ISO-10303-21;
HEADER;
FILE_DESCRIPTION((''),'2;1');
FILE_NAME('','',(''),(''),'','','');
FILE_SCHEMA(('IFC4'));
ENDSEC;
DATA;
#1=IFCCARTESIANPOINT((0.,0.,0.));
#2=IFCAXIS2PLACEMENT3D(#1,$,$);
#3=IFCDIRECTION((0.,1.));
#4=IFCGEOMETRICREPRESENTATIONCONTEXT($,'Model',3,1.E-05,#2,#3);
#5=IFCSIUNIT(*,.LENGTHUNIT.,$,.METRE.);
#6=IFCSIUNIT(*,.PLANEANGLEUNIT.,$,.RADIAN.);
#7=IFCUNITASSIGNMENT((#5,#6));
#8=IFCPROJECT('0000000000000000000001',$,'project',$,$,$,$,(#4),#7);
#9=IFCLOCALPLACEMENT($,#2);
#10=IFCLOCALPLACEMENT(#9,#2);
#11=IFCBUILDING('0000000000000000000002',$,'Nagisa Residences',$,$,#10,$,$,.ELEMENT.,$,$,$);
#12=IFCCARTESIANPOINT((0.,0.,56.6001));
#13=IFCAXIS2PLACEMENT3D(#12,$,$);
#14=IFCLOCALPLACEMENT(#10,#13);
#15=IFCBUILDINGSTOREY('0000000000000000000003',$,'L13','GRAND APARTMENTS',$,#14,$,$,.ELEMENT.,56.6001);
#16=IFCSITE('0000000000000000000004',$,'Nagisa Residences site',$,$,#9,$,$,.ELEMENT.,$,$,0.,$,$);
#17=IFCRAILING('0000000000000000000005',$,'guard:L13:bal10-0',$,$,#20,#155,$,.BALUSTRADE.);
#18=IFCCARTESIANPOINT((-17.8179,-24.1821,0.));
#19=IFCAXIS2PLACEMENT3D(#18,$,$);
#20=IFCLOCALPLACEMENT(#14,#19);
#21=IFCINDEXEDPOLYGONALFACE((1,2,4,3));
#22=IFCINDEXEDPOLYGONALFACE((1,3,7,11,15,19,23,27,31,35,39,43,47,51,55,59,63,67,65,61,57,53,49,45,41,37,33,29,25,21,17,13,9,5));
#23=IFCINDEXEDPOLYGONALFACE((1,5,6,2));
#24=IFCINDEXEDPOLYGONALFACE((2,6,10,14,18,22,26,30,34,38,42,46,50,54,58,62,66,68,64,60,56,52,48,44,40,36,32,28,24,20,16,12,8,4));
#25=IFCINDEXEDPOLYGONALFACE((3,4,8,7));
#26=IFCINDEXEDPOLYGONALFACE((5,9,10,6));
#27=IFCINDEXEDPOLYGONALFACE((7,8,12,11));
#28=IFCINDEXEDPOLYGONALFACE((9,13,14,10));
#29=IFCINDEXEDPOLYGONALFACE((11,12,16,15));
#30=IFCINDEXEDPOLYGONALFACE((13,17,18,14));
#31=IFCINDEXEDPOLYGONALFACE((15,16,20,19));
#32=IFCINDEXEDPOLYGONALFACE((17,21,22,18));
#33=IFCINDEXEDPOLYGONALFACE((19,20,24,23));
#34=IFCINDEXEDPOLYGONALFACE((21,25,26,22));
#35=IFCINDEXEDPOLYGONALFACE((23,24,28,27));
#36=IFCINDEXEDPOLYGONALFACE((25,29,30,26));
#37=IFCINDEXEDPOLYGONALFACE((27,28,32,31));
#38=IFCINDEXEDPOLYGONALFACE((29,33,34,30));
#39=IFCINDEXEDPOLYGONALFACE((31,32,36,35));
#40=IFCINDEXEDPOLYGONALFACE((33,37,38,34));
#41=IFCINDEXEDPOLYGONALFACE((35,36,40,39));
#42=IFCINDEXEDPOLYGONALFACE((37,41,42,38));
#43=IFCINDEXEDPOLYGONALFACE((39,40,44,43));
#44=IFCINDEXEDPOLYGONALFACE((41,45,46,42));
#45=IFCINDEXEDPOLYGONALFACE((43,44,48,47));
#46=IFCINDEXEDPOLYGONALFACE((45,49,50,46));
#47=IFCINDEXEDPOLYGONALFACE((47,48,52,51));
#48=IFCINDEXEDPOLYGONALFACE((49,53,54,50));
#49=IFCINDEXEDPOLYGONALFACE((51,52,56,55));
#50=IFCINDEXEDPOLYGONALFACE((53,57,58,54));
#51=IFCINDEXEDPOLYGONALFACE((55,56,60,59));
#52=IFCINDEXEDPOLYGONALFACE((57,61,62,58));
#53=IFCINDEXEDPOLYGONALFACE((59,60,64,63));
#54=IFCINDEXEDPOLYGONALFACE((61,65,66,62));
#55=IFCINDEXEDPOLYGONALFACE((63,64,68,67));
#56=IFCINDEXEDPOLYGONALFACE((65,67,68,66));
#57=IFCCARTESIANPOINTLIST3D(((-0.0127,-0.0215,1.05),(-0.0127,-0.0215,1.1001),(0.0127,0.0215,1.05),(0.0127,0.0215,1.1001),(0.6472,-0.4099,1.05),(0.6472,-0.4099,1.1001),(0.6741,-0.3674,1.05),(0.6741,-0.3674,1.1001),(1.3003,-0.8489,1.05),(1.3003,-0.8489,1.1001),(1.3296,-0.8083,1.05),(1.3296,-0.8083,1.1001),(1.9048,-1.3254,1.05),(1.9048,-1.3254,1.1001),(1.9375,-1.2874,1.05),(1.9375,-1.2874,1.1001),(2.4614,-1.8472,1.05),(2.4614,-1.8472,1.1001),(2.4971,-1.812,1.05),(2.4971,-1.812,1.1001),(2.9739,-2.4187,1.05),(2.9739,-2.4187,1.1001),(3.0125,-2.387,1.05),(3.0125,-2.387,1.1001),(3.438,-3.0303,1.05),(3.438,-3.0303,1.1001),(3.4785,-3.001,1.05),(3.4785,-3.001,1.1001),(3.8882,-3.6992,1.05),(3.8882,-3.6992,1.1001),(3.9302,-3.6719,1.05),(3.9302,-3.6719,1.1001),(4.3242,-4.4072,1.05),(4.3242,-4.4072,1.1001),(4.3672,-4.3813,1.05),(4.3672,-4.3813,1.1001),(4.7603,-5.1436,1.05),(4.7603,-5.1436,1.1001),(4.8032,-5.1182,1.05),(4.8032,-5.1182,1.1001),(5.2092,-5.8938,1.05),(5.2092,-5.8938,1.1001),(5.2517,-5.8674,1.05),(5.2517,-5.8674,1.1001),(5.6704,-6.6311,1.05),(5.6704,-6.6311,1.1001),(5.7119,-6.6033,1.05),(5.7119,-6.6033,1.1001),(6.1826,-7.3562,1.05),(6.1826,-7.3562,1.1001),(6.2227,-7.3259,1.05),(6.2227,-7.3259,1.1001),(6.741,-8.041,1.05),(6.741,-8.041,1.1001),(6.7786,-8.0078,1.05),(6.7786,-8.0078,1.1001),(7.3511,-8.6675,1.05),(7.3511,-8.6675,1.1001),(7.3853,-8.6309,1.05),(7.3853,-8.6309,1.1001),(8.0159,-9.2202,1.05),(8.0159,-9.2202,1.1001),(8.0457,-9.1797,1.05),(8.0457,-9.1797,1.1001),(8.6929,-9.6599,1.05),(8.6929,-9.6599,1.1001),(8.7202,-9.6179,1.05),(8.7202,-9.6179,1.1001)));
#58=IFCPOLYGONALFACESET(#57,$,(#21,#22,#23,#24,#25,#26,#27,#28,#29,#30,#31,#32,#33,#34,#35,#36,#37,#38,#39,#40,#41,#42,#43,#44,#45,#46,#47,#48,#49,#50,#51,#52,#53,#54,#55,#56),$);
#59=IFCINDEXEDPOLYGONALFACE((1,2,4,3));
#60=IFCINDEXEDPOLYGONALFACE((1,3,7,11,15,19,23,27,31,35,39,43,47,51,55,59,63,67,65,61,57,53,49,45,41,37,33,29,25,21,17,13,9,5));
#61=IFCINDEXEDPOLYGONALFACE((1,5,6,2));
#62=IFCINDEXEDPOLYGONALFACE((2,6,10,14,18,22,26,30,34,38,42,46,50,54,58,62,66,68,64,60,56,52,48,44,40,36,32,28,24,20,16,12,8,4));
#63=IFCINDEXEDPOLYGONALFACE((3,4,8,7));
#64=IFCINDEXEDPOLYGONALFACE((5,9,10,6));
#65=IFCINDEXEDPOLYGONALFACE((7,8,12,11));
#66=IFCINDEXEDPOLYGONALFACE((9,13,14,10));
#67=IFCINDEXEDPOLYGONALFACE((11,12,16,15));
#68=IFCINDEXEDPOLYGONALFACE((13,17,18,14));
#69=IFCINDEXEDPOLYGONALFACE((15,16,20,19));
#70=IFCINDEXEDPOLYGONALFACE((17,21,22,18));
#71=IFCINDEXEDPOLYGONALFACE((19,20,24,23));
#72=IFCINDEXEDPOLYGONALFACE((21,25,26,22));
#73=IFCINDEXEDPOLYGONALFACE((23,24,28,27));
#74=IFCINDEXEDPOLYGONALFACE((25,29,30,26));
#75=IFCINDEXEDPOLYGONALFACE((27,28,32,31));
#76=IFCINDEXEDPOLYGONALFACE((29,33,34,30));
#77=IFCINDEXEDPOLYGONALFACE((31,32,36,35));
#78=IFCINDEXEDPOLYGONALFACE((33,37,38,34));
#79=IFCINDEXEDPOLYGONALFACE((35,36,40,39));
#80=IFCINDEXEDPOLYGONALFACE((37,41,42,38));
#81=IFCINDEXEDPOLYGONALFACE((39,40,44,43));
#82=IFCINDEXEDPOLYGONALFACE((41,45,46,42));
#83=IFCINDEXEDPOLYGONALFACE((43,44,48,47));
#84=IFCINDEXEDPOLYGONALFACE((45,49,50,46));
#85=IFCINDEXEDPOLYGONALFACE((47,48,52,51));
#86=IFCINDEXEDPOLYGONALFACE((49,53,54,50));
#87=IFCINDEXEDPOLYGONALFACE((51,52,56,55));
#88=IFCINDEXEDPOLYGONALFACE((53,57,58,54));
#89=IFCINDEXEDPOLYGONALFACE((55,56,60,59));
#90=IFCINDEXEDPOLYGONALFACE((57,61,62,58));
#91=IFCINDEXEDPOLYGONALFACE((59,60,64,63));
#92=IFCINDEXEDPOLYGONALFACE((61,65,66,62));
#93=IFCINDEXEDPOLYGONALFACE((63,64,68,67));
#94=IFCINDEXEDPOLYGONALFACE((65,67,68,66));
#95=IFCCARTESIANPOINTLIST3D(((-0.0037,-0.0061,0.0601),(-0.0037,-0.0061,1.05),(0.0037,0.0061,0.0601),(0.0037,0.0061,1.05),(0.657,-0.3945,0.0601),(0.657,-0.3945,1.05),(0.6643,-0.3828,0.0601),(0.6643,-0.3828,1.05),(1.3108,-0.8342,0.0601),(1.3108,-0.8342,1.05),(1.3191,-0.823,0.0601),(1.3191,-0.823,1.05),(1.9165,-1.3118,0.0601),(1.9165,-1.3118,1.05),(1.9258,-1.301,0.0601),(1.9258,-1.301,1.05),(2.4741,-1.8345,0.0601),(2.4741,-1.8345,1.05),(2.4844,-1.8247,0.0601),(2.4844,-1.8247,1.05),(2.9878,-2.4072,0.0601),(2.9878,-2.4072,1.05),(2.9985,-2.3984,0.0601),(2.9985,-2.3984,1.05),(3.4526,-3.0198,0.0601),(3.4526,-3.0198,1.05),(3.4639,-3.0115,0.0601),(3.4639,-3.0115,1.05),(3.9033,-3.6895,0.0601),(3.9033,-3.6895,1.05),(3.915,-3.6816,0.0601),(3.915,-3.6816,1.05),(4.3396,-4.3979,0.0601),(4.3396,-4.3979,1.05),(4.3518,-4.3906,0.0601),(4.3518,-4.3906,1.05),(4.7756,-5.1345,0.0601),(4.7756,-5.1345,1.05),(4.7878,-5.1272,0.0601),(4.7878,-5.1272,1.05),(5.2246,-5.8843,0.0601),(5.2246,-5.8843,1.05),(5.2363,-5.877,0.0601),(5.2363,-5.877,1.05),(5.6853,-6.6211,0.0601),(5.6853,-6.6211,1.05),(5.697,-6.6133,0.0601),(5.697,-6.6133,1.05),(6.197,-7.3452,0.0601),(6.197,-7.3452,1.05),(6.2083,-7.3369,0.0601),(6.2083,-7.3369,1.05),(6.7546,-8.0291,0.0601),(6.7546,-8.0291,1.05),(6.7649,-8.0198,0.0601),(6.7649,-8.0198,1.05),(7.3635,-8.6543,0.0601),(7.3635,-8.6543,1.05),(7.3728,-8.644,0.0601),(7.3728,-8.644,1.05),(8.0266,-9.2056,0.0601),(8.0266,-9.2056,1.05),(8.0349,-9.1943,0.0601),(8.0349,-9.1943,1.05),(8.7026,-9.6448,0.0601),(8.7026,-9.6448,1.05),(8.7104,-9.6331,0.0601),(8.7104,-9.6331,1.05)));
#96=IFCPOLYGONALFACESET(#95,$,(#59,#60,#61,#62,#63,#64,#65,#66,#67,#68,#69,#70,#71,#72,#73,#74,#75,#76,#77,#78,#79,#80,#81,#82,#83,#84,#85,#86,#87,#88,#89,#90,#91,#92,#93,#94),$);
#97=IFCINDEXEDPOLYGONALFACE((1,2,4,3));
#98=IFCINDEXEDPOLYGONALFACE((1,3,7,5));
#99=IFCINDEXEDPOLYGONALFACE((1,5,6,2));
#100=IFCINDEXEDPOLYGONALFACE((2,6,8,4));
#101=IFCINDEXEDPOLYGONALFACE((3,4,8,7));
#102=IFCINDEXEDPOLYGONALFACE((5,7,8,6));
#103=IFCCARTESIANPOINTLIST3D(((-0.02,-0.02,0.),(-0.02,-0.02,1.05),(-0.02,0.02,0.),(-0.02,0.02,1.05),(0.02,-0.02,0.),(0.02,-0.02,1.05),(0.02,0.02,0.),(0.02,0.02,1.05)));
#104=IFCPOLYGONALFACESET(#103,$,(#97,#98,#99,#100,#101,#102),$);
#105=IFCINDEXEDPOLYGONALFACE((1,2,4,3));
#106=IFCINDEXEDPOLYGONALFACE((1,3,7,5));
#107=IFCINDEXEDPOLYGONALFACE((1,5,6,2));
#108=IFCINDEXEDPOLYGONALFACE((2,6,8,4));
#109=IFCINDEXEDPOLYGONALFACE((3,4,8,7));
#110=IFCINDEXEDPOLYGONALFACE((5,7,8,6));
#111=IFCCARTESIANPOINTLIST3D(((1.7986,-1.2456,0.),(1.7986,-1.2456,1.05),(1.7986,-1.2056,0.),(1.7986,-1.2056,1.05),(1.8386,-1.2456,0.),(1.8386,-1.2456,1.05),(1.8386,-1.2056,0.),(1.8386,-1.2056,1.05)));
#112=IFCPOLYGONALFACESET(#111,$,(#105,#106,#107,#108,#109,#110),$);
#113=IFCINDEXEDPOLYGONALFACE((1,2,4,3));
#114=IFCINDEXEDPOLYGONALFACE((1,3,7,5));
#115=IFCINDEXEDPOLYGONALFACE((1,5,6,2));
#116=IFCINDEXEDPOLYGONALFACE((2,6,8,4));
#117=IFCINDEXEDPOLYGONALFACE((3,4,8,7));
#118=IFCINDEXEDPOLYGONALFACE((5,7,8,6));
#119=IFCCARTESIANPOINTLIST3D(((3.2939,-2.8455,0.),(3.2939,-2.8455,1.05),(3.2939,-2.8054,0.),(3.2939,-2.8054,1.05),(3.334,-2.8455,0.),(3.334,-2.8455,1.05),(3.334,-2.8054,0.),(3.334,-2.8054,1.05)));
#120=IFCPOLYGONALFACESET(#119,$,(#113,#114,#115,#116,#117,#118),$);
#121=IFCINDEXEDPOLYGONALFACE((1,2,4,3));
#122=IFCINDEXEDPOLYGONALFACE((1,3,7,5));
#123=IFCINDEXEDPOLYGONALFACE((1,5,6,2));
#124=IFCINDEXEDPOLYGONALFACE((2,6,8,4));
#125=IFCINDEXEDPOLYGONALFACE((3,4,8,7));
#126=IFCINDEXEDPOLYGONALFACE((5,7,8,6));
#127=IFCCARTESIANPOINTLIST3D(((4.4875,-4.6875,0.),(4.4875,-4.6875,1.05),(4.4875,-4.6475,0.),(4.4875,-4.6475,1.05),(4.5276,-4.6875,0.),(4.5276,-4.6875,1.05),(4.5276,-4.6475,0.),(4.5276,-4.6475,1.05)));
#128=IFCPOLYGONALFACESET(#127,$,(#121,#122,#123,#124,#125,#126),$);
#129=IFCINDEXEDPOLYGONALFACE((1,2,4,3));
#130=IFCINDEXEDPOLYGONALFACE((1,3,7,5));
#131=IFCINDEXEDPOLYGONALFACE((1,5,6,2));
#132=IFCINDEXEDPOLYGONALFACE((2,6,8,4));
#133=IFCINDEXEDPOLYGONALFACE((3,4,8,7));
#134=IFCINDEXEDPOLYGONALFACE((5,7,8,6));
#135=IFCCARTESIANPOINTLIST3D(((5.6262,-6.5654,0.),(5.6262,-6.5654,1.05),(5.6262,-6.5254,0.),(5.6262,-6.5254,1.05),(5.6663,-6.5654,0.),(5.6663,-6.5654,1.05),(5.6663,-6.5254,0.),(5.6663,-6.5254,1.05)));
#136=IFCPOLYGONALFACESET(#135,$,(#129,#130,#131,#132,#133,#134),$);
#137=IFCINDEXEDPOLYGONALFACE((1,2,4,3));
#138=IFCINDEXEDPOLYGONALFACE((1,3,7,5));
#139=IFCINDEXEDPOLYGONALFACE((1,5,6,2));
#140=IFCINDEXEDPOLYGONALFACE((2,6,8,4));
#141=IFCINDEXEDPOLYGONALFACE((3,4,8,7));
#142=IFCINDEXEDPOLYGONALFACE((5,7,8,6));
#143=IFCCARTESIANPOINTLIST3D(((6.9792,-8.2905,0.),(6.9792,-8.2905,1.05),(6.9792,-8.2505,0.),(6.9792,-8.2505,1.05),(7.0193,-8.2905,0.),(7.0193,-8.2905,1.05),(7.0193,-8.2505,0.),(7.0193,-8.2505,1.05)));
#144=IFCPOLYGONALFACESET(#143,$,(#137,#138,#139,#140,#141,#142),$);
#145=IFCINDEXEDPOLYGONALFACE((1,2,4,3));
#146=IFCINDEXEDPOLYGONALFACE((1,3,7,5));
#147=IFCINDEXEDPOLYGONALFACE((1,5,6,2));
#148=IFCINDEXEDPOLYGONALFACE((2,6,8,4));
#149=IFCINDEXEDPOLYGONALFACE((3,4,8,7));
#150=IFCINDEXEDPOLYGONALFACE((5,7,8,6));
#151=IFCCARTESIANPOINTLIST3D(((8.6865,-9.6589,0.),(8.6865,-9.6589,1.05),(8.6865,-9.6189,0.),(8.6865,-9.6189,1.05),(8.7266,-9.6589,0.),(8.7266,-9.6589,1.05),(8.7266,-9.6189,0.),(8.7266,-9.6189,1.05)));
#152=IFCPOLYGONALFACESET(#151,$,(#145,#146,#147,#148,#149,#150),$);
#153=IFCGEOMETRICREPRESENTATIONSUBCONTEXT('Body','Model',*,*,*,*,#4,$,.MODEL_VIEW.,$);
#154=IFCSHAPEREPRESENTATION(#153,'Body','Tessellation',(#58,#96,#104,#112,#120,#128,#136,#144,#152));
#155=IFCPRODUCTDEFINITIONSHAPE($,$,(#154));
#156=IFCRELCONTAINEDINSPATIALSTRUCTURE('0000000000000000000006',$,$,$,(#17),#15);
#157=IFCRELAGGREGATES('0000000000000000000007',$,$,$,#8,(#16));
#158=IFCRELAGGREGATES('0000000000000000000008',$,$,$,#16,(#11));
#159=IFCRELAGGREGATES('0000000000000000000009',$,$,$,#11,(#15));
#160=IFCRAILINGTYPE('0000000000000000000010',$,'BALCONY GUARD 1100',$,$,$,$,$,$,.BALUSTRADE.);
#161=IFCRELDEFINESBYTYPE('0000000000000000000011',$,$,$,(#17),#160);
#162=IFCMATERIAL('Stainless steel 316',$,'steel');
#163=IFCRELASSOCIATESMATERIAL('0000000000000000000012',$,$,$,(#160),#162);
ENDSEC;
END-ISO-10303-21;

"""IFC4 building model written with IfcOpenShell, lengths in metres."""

from ifc_helpers import new_model, si_unit, direction, frame, origin, origin_2d, place, context, subcontext, project, spatial, polyline, rectangle, outline, extrude, material, type_object, element, save


model = new_model("IFC4")

# Units and contexts
model_context = context("Model", 3, precision=1e-05, world=origin(), true_north=direction((0.0, 1.0)))
body_context = subcontext(model_context, "Body", "Model", "MODEL_VIEW")
ifc_project = project(units=[si_unit("LENGTHUNIT", "METRE"), si_unit("PLANEANGLEUNIT", "RADIAN")], contexts=[model_context])

# Site, building, storey
site_placement = place(None, origin())
site = spatial("IfcSite", under=ifc_project, at=site_placement, Name="Nagisa Residences site", CompositionType="ELEMENT", RefElevation=0.0)
building_placement = place(site_placement, origin())
building = spatial("IfcBuilding", under=site, at=building_placement, Name="Nagisa Residences", CompositionType="ELEMENT")
storey_placement = place(building_placement, frame((0.0, 0.0, 56.6001)))
storey = spatial("IfcBuildingStorey", under=building, at=storey_placement, Name="L13", Description="GRAND APARTMENTS", CompositionType="ELEMENT", Elevation=56.6001)

# Railing
ifc_material_1 = material(Name="Stainless steel 316", Category="steel")
railing_type = type_object("IfcRailingType", Name="BALCONY GUARD 1100", PredefinedType="BALUSTRADE", material=ifc_material_1)
railing_1_placement = place(storey_placement, frame((-17.8179, -24.1821, 0.0)))
element("IfcRailing", 1, at=railing_1_placement, inside=storey, type_object=railing_type, Name="guard:L13:bal10-0", PredefinedType="BALUSTRADE", context=body_context, shape_type="SweptSolid", body=[
    extrude(outline(polyline([(0.6741, -0.3674), (0.0127, 0.0215), (-0.0127, -0.0215), (0.6472, -0.4099), (1.3003, -0.8489), (1.9048, -1.3254), (2.4614, -1.8472), (2.9739, -2.4187), (3.438, -3.0303), (3.8882, -3.6992), (4.3242, -4.4072), (4.7603, -5.1436), (5.2092, -5.8938), (5.6704, -6.6311), (6.1826, -7.3562), (6.741, -8.041), (7.3511, -8.6675), (8.0159, -9.2202), (8.6929, -9.6599), (8.7202, -9.6179), (8.0457, -9.1797), (7.3853, -8.6309), (6.7786, -8.0078), (6.2227, -7.3259), (5.7119, -6.6033), (5.2517, -5.8674), (4.8032, -5.1182), (4.3672, -4.3813), (3.9302, -3.6719), (3.4785, -3.001), (3.0125, -2.387), (2.4971, -1.812), (1.9375, -1.2874), (1.3296, -0.8083), (0.6741, -0.3674)])), frame((0.0, 0.0, 1.05)), (0.0, 0.0, 1.0), 0.05),
    extrude(outline(polyline([(0.6643, -0.3828), (0.0037, 0.0061), (-0.0037, -0.0061), (0.657, -0.3945), (1.3108, -0.8342), (1.9165, -1.3118), (2.4741, -1.8345), (2.9878, -2.4072), (3.4526, -3.0198), (3.9033, -3.6895), (4.3396, -4.3979), (4.7756, -5.1345), (5.2246, -5.8843), (5.6853, -6.6211), (6.197, -7.3452), (6.7546, -8.0291), (7.3635, -8.6543), (8.0266, -9.2056), (8.7026, -9.6448), (8.7104, -9.6331), (8.0349, -9.1943), (7.3728, -8.644), (6.7649, -8.0198), (6.2083, -7.3369), (5.697, -6.6133), (5.2363, -5.877), (4.7878, -5.1272), (4.3518, -4.3906), (3.915, -3.6816), (3.4639, -3.0115), (2.9985, -2.3984), (2.4844, -1.8247), (1.9258, -1.301), (1.3191, -0.823), (0.6643, -0.3828)])), frame((0.0, 0.0, 0.0601)), (0.0, 0.0, 1.0), 0.99),
    extrude(rectangle(XDim=0.04, YDim=0.04, at=origin_2d()), origin(), (0.0, 0.0, 1.0), 1.05),
    extrude(rectangle(XDim=0.04, YDim=0.04, at=origin_2d()), frame((1.8186, -1.2256, 0.0)), (0.0, 0.0, 1.0), 1.05),
    extrude(rectangle(XDim=0.04, YDim=0.04, at=origin_2d()), frame((3.314, -2.8254, 0.0)), (0.0, 0.0, 1.0), 1.05),
    extrude(rectangle(XDim=0.04, YDim=0.04, at=origin_2d()), frame((4.5076, -4.6675, 0.0)), (0.0, 0.0, 1.0), 1.05),
    extrude(rectangle(XDim=0.04, YDim=0.04, at=origin_2d()), frame((5.6462, -6.5454, 0.0)), (0.0, 0.0, 1.0), 1.05),
    extrude(rectangle(XDim=0.04, YDim=0.04, at=origin_2d()), frame((6.9993, -8.2705, 0.0)), (0.0, 0.0, 1.0), 1.05),
    extrude(rectangle(XDim=0.04, YDim=0.04, at=origin_2d()), frame((8.7065, -9.6389, 0.0)), (0.0, 0.0, 1.0), 1.05),
])

save(model, "model.ifc")
